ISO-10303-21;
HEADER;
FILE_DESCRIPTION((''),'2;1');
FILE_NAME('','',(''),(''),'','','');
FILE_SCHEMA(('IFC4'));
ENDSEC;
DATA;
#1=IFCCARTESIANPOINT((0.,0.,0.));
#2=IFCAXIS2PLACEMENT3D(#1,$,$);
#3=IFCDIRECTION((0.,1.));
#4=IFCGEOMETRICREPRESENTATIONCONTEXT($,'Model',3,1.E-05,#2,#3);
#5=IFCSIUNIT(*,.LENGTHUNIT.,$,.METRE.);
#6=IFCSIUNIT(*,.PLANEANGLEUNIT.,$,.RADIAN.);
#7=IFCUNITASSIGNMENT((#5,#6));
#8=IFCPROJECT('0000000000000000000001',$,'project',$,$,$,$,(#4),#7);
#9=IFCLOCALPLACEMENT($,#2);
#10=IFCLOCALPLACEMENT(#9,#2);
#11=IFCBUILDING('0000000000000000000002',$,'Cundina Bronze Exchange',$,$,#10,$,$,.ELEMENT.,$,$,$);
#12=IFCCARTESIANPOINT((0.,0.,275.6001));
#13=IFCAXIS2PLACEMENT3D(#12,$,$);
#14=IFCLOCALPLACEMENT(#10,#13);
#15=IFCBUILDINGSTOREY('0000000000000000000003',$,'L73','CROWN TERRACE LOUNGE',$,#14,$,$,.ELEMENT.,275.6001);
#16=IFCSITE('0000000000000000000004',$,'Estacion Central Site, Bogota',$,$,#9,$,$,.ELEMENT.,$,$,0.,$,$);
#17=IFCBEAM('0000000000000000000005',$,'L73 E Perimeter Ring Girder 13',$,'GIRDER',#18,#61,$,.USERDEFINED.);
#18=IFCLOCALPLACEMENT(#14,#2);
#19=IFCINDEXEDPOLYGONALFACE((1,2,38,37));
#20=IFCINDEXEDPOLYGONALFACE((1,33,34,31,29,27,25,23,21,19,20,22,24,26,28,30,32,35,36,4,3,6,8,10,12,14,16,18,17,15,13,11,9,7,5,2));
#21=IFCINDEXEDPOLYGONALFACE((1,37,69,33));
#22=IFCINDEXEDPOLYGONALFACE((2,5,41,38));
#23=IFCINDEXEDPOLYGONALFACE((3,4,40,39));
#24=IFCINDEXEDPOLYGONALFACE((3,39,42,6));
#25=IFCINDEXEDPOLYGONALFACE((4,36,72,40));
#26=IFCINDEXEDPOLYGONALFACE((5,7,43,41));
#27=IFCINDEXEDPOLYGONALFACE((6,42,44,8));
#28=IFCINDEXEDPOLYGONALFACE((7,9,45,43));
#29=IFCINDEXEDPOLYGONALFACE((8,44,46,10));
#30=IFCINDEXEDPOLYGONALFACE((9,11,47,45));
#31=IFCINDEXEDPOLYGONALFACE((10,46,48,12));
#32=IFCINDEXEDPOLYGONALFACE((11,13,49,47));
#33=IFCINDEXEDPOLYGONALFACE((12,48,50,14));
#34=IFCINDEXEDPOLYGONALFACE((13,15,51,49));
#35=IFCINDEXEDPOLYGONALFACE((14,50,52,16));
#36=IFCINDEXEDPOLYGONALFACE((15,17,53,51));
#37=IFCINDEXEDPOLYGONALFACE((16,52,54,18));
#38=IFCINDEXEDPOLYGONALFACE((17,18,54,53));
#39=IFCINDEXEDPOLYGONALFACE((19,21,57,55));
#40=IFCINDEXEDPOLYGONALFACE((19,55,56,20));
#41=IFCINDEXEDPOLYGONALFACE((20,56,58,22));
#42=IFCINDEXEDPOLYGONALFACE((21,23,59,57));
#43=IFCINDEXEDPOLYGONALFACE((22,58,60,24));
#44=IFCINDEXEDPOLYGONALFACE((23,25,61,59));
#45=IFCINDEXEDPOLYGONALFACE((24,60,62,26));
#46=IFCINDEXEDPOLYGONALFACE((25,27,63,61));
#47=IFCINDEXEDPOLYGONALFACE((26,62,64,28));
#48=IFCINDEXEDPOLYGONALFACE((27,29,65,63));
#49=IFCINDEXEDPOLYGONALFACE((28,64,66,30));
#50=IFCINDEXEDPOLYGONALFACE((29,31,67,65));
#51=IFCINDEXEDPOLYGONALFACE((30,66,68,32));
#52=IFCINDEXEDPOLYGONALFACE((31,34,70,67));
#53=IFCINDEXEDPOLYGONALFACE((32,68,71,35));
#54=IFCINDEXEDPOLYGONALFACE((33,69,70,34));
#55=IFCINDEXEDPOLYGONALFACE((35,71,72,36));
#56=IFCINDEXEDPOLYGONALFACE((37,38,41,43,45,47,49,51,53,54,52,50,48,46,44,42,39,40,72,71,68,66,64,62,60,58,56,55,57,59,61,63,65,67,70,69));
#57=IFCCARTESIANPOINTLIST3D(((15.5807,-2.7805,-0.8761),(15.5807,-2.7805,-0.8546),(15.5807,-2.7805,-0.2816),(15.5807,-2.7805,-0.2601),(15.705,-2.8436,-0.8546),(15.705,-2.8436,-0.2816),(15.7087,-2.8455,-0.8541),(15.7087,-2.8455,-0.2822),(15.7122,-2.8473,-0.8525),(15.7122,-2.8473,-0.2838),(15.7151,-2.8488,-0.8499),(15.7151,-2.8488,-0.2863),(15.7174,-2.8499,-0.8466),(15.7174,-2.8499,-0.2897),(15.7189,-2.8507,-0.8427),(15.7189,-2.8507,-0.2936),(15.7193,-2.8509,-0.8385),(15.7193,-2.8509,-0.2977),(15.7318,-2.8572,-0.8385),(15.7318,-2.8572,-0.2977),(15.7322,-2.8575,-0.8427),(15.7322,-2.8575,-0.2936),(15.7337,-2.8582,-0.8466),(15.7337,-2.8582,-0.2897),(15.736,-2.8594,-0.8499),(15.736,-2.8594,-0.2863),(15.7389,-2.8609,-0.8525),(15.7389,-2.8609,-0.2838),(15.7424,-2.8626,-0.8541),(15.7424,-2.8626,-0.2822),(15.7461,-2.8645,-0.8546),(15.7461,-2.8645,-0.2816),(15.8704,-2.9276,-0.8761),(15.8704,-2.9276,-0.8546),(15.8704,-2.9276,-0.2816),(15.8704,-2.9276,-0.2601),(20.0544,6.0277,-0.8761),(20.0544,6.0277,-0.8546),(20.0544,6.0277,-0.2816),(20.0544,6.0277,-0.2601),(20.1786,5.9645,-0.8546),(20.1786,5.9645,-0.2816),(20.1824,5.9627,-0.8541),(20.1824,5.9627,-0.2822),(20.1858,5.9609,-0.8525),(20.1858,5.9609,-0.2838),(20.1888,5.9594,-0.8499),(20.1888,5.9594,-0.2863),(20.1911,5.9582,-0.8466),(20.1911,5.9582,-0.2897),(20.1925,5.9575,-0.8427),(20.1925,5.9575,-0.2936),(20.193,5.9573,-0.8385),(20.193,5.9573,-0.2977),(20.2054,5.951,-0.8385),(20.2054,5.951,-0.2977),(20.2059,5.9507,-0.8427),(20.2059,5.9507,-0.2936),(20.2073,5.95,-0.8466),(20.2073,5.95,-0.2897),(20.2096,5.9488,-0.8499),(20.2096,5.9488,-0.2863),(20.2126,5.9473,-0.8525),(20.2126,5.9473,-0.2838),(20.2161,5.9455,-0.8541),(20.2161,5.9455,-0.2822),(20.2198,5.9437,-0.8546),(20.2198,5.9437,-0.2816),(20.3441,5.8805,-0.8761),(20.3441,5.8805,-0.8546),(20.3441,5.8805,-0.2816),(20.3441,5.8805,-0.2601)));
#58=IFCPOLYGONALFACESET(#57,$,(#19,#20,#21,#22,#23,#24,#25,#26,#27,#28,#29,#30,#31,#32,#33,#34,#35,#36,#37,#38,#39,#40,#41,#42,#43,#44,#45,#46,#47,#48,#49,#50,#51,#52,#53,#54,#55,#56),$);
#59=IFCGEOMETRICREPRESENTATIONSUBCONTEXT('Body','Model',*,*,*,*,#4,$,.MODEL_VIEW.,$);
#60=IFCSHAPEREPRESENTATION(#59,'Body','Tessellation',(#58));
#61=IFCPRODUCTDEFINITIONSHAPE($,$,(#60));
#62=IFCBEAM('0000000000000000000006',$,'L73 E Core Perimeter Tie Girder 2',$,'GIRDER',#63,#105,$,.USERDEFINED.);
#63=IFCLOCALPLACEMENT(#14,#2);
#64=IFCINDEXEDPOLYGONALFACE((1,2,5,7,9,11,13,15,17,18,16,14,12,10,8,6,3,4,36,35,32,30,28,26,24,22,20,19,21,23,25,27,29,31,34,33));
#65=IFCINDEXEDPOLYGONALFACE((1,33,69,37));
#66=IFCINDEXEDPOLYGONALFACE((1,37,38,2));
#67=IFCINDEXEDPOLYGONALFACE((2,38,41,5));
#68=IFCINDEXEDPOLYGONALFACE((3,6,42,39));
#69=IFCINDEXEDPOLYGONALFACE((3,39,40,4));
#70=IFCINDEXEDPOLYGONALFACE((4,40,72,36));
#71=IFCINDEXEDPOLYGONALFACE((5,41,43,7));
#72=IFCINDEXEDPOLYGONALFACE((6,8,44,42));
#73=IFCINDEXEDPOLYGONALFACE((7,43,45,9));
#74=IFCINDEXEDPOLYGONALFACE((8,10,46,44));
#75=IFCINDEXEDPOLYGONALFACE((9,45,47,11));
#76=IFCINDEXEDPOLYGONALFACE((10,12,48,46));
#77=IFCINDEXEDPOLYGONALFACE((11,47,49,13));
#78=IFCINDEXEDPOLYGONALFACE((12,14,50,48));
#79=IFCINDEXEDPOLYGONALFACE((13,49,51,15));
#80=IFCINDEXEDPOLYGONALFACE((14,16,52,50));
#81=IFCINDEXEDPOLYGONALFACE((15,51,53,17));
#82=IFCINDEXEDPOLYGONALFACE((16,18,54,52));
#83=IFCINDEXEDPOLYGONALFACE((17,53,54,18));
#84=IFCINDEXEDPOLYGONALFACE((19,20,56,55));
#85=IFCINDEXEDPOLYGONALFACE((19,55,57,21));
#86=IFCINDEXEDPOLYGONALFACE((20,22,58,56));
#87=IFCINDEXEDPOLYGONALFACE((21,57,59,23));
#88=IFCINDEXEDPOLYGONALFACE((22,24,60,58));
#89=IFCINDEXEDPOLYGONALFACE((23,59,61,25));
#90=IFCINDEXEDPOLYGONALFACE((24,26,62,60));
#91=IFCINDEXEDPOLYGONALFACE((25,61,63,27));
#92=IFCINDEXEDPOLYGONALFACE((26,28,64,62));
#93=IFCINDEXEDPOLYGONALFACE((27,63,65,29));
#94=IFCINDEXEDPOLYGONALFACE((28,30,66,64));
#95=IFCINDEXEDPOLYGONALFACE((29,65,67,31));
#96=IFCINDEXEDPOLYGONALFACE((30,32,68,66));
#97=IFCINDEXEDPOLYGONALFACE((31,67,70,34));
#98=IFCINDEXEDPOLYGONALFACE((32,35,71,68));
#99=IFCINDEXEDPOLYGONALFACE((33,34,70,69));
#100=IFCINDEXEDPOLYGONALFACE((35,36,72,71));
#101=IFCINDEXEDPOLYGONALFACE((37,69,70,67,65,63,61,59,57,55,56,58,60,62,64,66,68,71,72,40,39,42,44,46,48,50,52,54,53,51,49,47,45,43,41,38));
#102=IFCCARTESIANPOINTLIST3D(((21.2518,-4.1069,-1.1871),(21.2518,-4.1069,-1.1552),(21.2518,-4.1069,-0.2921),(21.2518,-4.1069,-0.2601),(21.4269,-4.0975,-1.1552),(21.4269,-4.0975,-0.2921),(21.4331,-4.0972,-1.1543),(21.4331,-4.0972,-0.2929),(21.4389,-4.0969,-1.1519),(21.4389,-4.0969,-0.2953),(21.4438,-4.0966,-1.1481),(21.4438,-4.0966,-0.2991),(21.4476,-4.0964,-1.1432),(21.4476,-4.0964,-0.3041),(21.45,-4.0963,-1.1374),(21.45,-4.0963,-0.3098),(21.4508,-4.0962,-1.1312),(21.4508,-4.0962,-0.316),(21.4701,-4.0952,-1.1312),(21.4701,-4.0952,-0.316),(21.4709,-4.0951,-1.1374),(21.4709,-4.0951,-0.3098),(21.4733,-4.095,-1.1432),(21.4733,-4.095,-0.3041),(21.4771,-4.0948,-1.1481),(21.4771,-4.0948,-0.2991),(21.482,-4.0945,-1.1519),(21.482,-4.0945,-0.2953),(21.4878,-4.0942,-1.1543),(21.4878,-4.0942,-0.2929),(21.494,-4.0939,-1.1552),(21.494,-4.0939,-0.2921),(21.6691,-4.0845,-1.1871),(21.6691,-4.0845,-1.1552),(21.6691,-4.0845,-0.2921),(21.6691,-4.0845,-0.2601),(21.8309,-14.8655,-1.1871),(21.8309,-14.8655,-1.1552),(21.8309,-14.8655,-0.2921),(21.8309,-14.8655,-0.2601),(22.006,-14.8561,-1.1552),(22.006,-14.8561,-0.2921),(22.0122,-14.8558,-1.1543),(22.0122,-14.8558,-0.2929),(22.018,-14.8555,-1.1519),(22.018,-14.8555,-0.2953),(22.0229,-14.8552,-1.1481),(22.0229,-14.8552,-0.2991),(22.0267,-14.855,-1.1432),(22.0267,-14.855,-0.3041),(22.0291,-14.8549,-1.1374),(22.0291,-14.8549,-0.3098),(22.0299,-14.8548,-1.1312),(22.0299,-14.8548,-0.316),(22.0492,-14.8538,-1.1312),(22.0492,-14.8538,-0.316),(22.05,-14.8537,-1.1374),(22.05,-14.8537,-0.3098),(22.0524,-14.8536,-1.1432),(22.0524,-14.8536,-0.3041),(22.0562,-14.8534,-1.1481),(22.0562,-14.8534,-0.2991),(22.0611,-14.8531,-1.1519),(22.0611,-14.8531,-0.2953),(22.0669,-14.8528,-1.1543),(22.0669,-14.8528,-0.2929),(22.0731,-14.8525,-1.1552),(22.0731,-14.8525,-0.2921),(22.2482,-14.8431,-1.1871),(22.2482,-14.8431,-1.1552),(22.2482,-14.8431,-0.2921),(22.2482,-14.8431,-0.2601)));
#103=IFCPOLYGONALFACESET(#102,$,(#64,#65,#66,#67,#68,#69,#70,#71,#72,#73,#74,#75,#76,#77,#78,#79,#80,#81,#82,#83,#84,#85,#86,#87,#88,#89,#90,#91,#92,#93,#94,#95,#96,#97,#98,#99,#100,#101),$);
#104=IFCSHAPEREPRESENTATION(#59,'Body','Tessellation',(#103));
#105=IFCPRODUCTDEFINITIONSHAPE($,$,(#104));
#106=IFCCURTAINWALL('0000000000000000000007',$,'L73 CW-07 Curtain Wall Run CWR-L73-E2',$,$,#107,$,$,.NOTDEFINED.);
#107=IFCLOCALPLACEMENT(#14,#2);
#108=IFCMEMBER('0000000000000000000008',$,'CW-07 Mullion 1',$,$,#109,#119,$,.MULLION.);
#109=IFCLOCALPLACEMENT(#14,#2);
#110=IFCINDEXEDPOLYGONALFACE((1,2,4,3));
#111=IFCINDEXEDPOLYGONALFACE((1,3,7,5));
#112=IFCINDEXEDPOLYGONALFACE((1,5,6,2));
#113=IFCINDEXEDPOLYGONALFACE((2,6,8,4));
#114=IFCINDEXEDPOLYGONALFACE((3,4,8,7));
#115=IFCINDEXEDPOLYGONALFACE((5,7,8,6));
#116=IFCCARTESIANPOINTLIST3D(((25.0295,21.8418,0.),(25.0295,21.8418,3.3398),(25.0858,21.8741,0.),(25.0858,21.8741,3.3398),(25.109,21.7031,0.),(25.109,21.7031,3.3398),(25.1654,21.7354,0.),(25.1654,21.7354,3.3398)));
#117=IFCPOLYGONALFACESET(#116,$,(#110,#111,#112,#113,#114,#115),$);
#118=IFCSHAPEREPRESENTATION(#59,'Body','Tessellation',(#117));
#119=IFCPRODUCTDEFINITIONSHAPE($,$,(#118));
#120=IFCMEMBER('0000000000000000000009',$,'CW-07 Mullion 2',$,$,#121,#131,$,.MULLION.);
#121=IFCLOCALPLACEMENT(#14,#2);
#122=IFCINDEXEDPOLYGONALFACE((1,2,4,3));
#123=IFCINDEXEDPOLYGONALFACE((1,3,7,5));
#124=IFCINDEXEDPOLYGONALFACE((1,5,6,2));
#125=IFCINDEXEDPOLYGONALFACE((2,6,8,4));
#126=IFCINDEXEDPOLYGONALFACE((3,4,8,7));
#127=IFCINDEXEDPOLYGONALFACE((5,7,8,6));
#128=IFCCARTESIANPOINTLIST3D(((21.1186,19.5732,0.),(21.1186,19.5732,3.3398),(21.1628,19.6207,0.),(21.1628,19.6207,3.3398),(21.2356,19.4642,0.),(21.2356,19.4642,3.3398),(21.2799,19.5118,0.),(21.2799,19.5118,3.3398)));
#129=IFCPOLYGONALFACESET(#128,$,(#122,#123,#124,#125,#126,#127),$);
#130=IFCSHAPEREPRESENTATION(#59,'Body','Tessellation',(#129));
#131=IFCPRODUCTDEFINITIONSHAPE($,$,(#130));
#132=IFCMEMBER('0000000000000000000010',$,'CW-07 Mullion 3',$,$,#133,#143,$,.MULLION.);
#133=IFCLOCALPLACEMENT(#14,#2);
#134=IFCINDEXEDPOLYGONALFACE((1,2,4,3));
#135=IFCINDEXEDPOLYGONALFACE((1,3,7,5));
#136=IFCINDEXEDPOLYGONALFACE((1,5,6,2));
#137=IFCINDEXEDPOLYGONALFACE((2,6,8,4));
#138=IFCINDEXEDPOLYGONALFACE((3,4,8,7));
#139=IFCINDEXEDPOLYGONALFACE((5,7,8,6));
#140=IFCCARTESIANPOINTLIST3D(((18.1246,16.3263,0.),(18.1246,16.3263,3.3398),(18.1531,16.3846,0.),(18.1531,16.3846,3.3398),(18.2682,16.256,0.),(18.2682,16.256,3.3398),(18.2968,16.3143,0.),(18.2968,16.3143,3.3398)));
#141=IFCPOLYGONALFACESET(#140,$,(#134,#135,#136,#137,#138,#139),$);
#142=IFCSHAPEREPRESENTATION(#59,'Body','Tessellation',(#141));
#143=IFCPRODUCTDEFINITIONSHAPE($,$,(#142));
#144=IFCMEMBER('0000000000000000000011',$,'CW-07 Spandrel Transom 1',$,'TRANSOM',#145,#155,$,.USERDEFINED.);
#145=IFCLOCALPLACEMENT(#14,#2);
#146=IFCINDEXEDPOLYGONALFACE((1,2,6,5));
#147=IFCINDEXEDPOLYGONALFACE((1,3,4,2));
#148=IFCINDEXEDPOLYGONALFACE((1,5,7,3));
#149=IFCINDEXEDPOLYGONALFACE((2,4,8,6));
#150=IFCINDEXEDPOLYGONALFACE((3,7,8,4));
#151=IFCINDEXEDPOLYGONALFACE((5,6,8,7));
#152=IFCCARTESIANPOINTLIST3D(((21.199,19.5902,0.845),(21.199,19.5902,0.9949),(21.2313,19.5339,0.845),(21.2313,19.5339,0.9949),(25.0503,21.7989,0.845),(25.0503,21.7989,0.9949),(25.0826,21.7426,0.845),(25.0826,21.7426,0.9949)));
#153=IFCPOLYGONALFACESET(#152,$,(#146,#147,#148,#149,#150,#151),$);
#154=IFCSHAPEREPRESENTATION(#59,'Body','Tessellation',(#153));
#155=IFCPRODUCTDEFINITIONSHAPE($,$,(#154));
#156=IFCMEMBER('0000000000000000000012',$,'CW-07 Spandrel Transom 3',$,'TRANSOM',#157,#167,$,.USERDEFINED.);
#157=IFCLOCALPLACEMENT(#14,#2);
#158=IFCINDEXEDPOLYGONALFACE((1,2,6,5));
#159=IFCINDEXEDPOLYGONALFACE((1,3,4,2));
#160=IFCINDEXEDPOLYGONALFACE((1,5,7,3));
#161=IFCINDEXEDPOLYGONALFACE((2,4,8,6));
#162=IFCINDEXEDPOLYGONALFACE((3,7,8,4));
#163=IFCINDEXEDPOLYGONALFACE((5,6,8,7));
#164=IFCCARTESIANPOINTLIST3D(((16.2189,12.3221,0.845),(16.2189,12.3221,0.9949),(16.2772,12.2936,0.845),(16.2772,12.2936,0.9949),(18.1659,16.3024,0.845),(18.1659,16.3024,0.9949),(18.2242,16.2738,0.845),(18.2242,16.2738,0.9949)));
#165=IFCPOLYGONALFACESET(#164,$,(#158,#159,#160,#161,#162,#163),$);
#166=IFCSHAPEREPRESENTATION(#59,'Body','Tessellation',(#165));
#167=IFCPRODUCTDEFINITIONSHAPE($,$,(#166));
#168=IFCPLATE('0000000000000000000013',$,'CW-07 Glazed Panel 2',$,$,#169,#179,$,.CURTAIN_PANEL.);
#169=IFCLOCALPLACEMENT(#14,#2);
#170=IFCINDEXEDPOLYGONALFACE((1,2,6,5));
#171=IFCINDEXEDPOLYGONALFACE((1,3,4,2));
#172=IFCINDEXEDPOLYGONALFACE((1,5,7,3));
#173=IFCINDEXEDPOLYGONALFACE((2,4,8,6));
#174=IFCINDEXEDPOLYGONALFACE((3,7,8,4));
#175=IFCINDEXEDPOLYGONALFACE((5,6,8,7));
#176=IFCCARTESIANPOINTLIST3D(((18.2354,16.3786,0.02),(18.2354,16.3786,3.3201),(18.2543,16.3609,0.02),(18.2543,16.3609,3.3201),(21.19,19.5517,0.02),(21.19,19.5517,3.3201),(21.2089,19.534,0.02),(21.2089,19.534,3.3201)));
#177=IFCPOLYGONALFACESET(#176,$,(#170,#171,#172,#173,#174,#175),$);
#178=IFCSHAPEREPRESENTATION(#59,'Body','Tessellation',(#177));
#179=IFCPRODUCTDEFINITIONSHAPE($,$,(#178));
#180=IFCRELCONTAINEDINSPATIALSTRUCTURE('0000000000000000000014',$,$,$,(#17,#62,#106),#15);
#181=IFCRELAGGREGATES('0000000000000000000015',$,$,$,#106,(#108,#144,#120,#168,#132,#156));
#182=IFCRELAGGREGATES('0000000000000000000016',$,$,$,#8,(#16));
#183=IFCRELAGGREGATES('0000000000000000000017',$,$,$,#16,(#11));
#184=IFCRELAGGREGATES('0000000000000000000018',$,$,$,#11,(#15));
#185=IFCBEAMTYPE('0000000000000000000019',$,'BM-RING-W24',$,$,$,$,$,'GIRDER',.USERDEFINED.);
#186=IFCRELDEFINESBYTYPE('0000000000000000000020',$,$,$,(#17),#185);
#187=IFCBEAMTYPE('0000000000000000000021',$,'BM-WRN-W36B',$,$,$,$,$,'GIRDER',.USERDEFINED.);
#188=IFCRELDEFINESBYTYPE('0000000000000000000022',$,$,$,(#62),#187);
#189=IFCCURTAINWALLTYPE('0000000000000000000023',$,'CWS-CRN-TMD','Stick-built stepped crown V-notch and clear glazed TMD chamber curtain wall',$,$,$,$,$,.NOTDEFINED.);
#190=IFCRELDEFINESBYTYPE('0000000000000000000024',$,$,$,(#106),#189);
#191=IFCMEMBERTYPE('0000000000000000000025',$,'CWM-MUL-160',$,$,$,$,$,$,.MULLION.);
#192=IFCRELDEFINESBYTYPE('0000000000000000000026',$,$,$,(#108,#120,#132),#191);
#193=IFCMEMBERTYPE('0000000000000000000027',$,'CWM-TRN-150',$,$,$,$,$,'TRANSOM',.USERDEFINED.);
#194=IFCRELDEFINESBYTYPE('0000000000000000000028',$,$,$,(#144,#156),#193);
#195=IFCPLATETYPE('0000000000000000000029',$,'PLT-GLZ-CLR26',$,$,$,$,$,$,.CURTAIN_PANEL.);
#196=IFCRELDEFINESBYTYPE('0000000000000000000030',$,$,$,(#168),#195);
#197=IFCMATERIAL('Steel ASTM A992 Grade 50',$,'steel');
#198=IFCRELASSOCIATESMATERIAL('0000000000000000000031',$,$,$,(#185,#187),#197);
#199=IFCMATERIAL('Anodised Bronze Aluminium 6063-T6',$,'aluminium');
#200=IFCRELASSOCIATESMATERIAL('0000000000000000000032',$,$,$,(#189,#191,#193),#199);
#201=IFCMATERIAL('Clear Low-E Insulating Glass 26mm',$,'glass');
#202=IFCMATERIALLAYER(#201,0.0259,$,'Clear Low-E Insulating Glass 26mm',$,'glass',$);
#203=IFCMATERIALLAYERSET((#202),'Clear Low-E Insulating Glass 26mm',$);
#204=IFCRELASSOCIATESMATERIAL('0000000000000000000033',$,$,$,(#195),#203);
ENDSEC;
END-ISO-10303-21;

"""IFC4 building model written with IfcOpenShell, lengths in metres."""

from ifc_helpers import new_model, si_unit, direction, frame, origin, origin_2d, place, context, subcontext, project, spatial, rectangle, i_section, extrude, material, layer, layer_set, material_profile, profile_set, type_object, element, aggregate, save


model = new_model("IFC4")

# Units and contexts
model_context = context("Model", 3, precision=1e-05, world=origin(), true_north=direction((0.0, 1.0)))
body_context = subcontext(model_context, "Body", "Model", "MODEL_VIEW")
ifc_project = project(units=[si_unit("LENGTHUNIT", "METRE"), si_unit("PLANEANGLEUNIT", "RADIAN")], contexts=[model_context])

# Site, building, storey
site_placement = place(None, origin())
site = spatial("IfcSite", under=ifc_project, at=site_placement, Name="Estacion Central Site, Bogota", CompositionType="ELEMENT", RefElevation=0.0)
building_placement = place(site_placement, origin())
building = spatial("IfcBuilding", under=site, at=building_placement, Name="Cundina Bronze Exchange", CompositionType="ELEMENT")
storey_placement = place(building_placement, frame((0.0, 0.0, 275.6001)))
storey = spatial("IfcBuildingStorey", under=building, at=storey_placement, Name="L73", Description="CROWN TERRACE LOUNGE", CompositionType="ELEMENT", Elevation=275.6001)

# Shared definitions
ifc_material_1 = material(Name="Steel ASTM A992 Grade 50", Category="steel")

# Beams
ifc_material_profile_1 = material_profile(ifc_material_1, i_section(OverallWidth=0.325, OverallDepth=0.616, WebThickness=0.0139, FlangeThickness=0.0215, FilletRadius=0.0161, at=origin_2d()), Name="W24X117", Category="steel")
ifc_profile_set_1 = profile_set([ifc_material_profile_1], Name="Steel ASTM A992 Grade 50")
beam_type_1 = type_object("IfcBeamType", Name="BM-RING-W24", ElementType="GIRDER", PredefinedType="USERDEFINED", material=ifc_profile_set_1)
for number, where, z_axis, x_axis, name in (
    (1, (20.1992, 5.9541, -0.5681), (-0.452839, -0.891592, 0.0), (0.891592, -0.452839, 0.0), "L73 E Perimeter Ring Girder 13"),
):
    element("IfcBeam", number, at=place(storey_placement, frame(where, z_axis=z_axis, x_axis=x_axis)), inside=storey, type_object=beam_type_1, Name=name, ObjectType="GIRDER", PredefinedType="USERDEFINED", context=body_context, shape_type="SweptSolid", body=[
        extrude(i_section(OverallWidth=0.325, OverallDepth=0.616, WebThickness=0.0139, FlangeThickness=0.0215, FilletRadius=0.0161, at=origin_2d()), origin(), (0.0, 0.0, 1.0), 9.8792),
    ])
ifc_material_profile_2 = material_profile(ifc_material_1, i_section(OverallWidth=0.418, OverallDepth=0.927, WebThickness=0.0193, FlangeThickness=0.032, FilletRadius=0.0239, at=origin_2d()), Name="W36X231", Category="steel")
ifc_profile_set_2 = profile_set([ifc_material_profile_2], Name="Steel ASTM A992 Grade 50")
beam_type_2 = type_object("IfcBeamType", Name="BM-WRN-W36B", ElementType="GIRDER", PredefinedType="USERDEFINED", material=ifc_profile_set_2)
beam_1_placement = place(storey_placement, frame((21.4604, -4.0957, -0.7236), z_axis=(0.053749, -0.998554, 0.0), x_axis=(0.998554, 0.053749, 0.0)))
element("IfcBeam", 2, at=beam_1_placement, inside=storey, type_object=beam_type_2, Name="L73 E Core Perimeter Tie Girder 2", ObjectType="GIRDER", PredefinedType="USERDEFINED", context=body_context, shape_type="SweptSolid", body=[
    extrude(i_section(OverallWidth=0.418, OverallDepth=0.927, WebThickness=0.0193, FlangeThickness=0.032, FilletRadius=0.0239, at=origin_2d()), origin(), (0.0, 0.0, 1.0), 10.7742),
])

# Curtain wall, members, plate
ifc_material_2 = material(Name="Anodised Bronze Aluminium 6063-T6", Category="aluminium")
curtain_wall_type = type_object("IfcCurtainWallType", Name="CWS-CRN-TMD", Description="Stick-built stepped crown V-notch and clear glazed TMD chamber curtain wall", PredefinedType="NOTDEFINED", material=ifc_material_2)
curtain_wall_placement = place(storey_placement, origin())
curtain_wall = element("IfcCurtainWall", 3, at=curtain_wall_placement, inside=storey, type_object=curtain_wall_type, Name="L73 CW-07 Curtain Wall Run CWR-L73-E2", PredefinedType="NOTDEFINED")
ifc_material_profile_3 = material_profile(ifc_material_2, rectangle(XDim=0.0649, YDim=0.1599, at=origin_2d()), Name="AL65X160", Category="aluminium")
ifc_profile_set_3 = profile_set([ifc_material_profile_3], Name="Anodised Bronze Aluminium 6063-T6")
member_type_1 = type_object("IfcMemberType", Name="CWM-MUL-160", PredefinedType="MULLION", material=ifc_profile_set_3)
member_1_placement = place(storey_placement, frame((25.0974, 21.7886, 0.0), z_axis=(0.0, 0.0, 1.0), x_axis=(-0.867418, -0.49758, 0.0)))
member_1 = element("IfcMember", 4, at=member_1_placement, type_object=member_type_1, Name="CW-07 Mullion 1", PredefinedType="MULLION", context=body_context, shape_type="SweptSolid", body=[
    extrude(rectangle(XDim=0.0649, YDim=0.1599, at=origin_2d()), origin(), (0.0, 0.0, 1.0), 3.3398),
])
member_2_placement = place(storey_placement, frame((21.1992, 19.5425, 0.0), z_axis=(0.0, 0.0, 1.0), x_axis=(-0.681488, -0.73183, 0.0)))
member_2 = element("IfcMember", 5, at=member_2_placement, type_object=member_type_1, Name="CW-07 Mullion 2", PredefinedType="MULLION", context=body_context, shape_type="SweptSolid", body=[
    extrude(rectangle(XDim=0.0649, YDim=0.1599, at=origin_2d()), origin(), (0.0, 0.0, 1.0), 3.3398),
])
member_3_placement = place(storey_placement, frame((18.2107, 16.3203, 0.0), z_axis=(0.0, 0.0, 1.0), x_axis=(-0.439469, -0.898258, 0.0)))
member_3 = element("IfcMember", 6, at=member_3_placement, type_object=member_type_1, Name="CW-07 Mullion 3", PredefinedType="MULLION", context=body_context, shape_type="SweptSolid", body=[
    extrude(rectangle(XDim=0.0649, YDim=0.1599, at=origin_2d()), origin(), (0.0, 0.0, 1.0), 3.3398),
])
ifc_material_profile_4 = material_profile(ifc_material_2, rectangle(XDim=0.0649, YDim=0.1499, at=origin_2d()), Name="AL65X150", Category="aluminium")
ifc_profile_set_4 = profile_set([ifc_material_profile_4], Name="Anodised Bronze Aluminium 6063-T6")
member_type_2 = type_object("IfcMemberType", Name="CWM-TRN-150", ElementType="TRANSOM", PredefinedType="USERDEFINED", material=ifc_profile_set_4)
member_4_placement = place(storey_placement, frame((25.0664, 21.7708, 0.9199), z_axis=(-0.867467, -0.497494, 0.0), x_axis=(0.497494, -0.867467, 0.0)))
member_4 = element("IfcMember", 7, at=member_4_placement, type_object=member_type_2, Name="CW-07 Spandrel Transom 1", ObjectType="TRANSOM", PredefinedType="USERDEFINED", context=body_context, shape_type="SweptSolid", body=[
    extrude(rectangle(XDim=0.0649, YDim=0.1499, at=origin_2d()), origin(), (0.0, 0.0, 1.0), 4.4397),
])
member_5_placement = place(storey_placement, frame((18.1951, 16.2881, 0.9199), z_axis=(-0.439417, -0.898283, 0.0), x_axis=(0.898283, -0.439417, 0.0)))
member_5 = element("IfcMember", 8, at=member_5_placement, type_object=member_type_2, Name="CW-07 Spandrel Transom 3", ObjectType="TRANSOM", PredefinedType="USERDEFINED", context=body_context, shape_type="SweptSolid", body=[
    extrude(rectangle(XDim=0.0649, YDim=0.1499, at=origin_2d()), origin(), (0.0, 0.0, 1.0), 4.4309),
])
ifc_material_3 = material(Name="Clear Low-E Insulating Glass 26mm", Category="glass")
ifc_layer_1 = layer(ifc_material_3, 0.0259, Name="Clear Low-E Insulating Glass 26mm", Category="glass")
ifc_layer_set_1 = layer_set([ifc_layer_1], Name="Clear Low-E Insulating Glass 26mm")
plate_type_1 = type_object("IfcPlateType", Name="PLT-GLZ-CLR26", PredefinedType="CURTAIN_PANEL", material=ifc_layer_set_1)
plate_1_placement = place(storey_placement, frame((19.7222, 17.9563, 0.02), z_axis=(0.0, 0.0, 1.0), x_axis=(-0.681462, -0.731853, 0.0)))
plate_1 = element("IfcPlate", 9, at=plate_1_placement, type_object=plate_type_1, Name="CW-07 Glazed Panel 2", PredefinedType="CURTAIN_PANEL", context=body_context, shape_type="SweptSolid", body=[
    extrude(rectangle(XDim=4.3357, YDim=0.0259, at=origin_2d()), origin(), (0.0, 0.0, 1.0), 3.3),
])
aggregate(curtain_wall, [member_1, member_4, member_2, plate_1, member_3, member_5])

save(model, "model.ifc")
